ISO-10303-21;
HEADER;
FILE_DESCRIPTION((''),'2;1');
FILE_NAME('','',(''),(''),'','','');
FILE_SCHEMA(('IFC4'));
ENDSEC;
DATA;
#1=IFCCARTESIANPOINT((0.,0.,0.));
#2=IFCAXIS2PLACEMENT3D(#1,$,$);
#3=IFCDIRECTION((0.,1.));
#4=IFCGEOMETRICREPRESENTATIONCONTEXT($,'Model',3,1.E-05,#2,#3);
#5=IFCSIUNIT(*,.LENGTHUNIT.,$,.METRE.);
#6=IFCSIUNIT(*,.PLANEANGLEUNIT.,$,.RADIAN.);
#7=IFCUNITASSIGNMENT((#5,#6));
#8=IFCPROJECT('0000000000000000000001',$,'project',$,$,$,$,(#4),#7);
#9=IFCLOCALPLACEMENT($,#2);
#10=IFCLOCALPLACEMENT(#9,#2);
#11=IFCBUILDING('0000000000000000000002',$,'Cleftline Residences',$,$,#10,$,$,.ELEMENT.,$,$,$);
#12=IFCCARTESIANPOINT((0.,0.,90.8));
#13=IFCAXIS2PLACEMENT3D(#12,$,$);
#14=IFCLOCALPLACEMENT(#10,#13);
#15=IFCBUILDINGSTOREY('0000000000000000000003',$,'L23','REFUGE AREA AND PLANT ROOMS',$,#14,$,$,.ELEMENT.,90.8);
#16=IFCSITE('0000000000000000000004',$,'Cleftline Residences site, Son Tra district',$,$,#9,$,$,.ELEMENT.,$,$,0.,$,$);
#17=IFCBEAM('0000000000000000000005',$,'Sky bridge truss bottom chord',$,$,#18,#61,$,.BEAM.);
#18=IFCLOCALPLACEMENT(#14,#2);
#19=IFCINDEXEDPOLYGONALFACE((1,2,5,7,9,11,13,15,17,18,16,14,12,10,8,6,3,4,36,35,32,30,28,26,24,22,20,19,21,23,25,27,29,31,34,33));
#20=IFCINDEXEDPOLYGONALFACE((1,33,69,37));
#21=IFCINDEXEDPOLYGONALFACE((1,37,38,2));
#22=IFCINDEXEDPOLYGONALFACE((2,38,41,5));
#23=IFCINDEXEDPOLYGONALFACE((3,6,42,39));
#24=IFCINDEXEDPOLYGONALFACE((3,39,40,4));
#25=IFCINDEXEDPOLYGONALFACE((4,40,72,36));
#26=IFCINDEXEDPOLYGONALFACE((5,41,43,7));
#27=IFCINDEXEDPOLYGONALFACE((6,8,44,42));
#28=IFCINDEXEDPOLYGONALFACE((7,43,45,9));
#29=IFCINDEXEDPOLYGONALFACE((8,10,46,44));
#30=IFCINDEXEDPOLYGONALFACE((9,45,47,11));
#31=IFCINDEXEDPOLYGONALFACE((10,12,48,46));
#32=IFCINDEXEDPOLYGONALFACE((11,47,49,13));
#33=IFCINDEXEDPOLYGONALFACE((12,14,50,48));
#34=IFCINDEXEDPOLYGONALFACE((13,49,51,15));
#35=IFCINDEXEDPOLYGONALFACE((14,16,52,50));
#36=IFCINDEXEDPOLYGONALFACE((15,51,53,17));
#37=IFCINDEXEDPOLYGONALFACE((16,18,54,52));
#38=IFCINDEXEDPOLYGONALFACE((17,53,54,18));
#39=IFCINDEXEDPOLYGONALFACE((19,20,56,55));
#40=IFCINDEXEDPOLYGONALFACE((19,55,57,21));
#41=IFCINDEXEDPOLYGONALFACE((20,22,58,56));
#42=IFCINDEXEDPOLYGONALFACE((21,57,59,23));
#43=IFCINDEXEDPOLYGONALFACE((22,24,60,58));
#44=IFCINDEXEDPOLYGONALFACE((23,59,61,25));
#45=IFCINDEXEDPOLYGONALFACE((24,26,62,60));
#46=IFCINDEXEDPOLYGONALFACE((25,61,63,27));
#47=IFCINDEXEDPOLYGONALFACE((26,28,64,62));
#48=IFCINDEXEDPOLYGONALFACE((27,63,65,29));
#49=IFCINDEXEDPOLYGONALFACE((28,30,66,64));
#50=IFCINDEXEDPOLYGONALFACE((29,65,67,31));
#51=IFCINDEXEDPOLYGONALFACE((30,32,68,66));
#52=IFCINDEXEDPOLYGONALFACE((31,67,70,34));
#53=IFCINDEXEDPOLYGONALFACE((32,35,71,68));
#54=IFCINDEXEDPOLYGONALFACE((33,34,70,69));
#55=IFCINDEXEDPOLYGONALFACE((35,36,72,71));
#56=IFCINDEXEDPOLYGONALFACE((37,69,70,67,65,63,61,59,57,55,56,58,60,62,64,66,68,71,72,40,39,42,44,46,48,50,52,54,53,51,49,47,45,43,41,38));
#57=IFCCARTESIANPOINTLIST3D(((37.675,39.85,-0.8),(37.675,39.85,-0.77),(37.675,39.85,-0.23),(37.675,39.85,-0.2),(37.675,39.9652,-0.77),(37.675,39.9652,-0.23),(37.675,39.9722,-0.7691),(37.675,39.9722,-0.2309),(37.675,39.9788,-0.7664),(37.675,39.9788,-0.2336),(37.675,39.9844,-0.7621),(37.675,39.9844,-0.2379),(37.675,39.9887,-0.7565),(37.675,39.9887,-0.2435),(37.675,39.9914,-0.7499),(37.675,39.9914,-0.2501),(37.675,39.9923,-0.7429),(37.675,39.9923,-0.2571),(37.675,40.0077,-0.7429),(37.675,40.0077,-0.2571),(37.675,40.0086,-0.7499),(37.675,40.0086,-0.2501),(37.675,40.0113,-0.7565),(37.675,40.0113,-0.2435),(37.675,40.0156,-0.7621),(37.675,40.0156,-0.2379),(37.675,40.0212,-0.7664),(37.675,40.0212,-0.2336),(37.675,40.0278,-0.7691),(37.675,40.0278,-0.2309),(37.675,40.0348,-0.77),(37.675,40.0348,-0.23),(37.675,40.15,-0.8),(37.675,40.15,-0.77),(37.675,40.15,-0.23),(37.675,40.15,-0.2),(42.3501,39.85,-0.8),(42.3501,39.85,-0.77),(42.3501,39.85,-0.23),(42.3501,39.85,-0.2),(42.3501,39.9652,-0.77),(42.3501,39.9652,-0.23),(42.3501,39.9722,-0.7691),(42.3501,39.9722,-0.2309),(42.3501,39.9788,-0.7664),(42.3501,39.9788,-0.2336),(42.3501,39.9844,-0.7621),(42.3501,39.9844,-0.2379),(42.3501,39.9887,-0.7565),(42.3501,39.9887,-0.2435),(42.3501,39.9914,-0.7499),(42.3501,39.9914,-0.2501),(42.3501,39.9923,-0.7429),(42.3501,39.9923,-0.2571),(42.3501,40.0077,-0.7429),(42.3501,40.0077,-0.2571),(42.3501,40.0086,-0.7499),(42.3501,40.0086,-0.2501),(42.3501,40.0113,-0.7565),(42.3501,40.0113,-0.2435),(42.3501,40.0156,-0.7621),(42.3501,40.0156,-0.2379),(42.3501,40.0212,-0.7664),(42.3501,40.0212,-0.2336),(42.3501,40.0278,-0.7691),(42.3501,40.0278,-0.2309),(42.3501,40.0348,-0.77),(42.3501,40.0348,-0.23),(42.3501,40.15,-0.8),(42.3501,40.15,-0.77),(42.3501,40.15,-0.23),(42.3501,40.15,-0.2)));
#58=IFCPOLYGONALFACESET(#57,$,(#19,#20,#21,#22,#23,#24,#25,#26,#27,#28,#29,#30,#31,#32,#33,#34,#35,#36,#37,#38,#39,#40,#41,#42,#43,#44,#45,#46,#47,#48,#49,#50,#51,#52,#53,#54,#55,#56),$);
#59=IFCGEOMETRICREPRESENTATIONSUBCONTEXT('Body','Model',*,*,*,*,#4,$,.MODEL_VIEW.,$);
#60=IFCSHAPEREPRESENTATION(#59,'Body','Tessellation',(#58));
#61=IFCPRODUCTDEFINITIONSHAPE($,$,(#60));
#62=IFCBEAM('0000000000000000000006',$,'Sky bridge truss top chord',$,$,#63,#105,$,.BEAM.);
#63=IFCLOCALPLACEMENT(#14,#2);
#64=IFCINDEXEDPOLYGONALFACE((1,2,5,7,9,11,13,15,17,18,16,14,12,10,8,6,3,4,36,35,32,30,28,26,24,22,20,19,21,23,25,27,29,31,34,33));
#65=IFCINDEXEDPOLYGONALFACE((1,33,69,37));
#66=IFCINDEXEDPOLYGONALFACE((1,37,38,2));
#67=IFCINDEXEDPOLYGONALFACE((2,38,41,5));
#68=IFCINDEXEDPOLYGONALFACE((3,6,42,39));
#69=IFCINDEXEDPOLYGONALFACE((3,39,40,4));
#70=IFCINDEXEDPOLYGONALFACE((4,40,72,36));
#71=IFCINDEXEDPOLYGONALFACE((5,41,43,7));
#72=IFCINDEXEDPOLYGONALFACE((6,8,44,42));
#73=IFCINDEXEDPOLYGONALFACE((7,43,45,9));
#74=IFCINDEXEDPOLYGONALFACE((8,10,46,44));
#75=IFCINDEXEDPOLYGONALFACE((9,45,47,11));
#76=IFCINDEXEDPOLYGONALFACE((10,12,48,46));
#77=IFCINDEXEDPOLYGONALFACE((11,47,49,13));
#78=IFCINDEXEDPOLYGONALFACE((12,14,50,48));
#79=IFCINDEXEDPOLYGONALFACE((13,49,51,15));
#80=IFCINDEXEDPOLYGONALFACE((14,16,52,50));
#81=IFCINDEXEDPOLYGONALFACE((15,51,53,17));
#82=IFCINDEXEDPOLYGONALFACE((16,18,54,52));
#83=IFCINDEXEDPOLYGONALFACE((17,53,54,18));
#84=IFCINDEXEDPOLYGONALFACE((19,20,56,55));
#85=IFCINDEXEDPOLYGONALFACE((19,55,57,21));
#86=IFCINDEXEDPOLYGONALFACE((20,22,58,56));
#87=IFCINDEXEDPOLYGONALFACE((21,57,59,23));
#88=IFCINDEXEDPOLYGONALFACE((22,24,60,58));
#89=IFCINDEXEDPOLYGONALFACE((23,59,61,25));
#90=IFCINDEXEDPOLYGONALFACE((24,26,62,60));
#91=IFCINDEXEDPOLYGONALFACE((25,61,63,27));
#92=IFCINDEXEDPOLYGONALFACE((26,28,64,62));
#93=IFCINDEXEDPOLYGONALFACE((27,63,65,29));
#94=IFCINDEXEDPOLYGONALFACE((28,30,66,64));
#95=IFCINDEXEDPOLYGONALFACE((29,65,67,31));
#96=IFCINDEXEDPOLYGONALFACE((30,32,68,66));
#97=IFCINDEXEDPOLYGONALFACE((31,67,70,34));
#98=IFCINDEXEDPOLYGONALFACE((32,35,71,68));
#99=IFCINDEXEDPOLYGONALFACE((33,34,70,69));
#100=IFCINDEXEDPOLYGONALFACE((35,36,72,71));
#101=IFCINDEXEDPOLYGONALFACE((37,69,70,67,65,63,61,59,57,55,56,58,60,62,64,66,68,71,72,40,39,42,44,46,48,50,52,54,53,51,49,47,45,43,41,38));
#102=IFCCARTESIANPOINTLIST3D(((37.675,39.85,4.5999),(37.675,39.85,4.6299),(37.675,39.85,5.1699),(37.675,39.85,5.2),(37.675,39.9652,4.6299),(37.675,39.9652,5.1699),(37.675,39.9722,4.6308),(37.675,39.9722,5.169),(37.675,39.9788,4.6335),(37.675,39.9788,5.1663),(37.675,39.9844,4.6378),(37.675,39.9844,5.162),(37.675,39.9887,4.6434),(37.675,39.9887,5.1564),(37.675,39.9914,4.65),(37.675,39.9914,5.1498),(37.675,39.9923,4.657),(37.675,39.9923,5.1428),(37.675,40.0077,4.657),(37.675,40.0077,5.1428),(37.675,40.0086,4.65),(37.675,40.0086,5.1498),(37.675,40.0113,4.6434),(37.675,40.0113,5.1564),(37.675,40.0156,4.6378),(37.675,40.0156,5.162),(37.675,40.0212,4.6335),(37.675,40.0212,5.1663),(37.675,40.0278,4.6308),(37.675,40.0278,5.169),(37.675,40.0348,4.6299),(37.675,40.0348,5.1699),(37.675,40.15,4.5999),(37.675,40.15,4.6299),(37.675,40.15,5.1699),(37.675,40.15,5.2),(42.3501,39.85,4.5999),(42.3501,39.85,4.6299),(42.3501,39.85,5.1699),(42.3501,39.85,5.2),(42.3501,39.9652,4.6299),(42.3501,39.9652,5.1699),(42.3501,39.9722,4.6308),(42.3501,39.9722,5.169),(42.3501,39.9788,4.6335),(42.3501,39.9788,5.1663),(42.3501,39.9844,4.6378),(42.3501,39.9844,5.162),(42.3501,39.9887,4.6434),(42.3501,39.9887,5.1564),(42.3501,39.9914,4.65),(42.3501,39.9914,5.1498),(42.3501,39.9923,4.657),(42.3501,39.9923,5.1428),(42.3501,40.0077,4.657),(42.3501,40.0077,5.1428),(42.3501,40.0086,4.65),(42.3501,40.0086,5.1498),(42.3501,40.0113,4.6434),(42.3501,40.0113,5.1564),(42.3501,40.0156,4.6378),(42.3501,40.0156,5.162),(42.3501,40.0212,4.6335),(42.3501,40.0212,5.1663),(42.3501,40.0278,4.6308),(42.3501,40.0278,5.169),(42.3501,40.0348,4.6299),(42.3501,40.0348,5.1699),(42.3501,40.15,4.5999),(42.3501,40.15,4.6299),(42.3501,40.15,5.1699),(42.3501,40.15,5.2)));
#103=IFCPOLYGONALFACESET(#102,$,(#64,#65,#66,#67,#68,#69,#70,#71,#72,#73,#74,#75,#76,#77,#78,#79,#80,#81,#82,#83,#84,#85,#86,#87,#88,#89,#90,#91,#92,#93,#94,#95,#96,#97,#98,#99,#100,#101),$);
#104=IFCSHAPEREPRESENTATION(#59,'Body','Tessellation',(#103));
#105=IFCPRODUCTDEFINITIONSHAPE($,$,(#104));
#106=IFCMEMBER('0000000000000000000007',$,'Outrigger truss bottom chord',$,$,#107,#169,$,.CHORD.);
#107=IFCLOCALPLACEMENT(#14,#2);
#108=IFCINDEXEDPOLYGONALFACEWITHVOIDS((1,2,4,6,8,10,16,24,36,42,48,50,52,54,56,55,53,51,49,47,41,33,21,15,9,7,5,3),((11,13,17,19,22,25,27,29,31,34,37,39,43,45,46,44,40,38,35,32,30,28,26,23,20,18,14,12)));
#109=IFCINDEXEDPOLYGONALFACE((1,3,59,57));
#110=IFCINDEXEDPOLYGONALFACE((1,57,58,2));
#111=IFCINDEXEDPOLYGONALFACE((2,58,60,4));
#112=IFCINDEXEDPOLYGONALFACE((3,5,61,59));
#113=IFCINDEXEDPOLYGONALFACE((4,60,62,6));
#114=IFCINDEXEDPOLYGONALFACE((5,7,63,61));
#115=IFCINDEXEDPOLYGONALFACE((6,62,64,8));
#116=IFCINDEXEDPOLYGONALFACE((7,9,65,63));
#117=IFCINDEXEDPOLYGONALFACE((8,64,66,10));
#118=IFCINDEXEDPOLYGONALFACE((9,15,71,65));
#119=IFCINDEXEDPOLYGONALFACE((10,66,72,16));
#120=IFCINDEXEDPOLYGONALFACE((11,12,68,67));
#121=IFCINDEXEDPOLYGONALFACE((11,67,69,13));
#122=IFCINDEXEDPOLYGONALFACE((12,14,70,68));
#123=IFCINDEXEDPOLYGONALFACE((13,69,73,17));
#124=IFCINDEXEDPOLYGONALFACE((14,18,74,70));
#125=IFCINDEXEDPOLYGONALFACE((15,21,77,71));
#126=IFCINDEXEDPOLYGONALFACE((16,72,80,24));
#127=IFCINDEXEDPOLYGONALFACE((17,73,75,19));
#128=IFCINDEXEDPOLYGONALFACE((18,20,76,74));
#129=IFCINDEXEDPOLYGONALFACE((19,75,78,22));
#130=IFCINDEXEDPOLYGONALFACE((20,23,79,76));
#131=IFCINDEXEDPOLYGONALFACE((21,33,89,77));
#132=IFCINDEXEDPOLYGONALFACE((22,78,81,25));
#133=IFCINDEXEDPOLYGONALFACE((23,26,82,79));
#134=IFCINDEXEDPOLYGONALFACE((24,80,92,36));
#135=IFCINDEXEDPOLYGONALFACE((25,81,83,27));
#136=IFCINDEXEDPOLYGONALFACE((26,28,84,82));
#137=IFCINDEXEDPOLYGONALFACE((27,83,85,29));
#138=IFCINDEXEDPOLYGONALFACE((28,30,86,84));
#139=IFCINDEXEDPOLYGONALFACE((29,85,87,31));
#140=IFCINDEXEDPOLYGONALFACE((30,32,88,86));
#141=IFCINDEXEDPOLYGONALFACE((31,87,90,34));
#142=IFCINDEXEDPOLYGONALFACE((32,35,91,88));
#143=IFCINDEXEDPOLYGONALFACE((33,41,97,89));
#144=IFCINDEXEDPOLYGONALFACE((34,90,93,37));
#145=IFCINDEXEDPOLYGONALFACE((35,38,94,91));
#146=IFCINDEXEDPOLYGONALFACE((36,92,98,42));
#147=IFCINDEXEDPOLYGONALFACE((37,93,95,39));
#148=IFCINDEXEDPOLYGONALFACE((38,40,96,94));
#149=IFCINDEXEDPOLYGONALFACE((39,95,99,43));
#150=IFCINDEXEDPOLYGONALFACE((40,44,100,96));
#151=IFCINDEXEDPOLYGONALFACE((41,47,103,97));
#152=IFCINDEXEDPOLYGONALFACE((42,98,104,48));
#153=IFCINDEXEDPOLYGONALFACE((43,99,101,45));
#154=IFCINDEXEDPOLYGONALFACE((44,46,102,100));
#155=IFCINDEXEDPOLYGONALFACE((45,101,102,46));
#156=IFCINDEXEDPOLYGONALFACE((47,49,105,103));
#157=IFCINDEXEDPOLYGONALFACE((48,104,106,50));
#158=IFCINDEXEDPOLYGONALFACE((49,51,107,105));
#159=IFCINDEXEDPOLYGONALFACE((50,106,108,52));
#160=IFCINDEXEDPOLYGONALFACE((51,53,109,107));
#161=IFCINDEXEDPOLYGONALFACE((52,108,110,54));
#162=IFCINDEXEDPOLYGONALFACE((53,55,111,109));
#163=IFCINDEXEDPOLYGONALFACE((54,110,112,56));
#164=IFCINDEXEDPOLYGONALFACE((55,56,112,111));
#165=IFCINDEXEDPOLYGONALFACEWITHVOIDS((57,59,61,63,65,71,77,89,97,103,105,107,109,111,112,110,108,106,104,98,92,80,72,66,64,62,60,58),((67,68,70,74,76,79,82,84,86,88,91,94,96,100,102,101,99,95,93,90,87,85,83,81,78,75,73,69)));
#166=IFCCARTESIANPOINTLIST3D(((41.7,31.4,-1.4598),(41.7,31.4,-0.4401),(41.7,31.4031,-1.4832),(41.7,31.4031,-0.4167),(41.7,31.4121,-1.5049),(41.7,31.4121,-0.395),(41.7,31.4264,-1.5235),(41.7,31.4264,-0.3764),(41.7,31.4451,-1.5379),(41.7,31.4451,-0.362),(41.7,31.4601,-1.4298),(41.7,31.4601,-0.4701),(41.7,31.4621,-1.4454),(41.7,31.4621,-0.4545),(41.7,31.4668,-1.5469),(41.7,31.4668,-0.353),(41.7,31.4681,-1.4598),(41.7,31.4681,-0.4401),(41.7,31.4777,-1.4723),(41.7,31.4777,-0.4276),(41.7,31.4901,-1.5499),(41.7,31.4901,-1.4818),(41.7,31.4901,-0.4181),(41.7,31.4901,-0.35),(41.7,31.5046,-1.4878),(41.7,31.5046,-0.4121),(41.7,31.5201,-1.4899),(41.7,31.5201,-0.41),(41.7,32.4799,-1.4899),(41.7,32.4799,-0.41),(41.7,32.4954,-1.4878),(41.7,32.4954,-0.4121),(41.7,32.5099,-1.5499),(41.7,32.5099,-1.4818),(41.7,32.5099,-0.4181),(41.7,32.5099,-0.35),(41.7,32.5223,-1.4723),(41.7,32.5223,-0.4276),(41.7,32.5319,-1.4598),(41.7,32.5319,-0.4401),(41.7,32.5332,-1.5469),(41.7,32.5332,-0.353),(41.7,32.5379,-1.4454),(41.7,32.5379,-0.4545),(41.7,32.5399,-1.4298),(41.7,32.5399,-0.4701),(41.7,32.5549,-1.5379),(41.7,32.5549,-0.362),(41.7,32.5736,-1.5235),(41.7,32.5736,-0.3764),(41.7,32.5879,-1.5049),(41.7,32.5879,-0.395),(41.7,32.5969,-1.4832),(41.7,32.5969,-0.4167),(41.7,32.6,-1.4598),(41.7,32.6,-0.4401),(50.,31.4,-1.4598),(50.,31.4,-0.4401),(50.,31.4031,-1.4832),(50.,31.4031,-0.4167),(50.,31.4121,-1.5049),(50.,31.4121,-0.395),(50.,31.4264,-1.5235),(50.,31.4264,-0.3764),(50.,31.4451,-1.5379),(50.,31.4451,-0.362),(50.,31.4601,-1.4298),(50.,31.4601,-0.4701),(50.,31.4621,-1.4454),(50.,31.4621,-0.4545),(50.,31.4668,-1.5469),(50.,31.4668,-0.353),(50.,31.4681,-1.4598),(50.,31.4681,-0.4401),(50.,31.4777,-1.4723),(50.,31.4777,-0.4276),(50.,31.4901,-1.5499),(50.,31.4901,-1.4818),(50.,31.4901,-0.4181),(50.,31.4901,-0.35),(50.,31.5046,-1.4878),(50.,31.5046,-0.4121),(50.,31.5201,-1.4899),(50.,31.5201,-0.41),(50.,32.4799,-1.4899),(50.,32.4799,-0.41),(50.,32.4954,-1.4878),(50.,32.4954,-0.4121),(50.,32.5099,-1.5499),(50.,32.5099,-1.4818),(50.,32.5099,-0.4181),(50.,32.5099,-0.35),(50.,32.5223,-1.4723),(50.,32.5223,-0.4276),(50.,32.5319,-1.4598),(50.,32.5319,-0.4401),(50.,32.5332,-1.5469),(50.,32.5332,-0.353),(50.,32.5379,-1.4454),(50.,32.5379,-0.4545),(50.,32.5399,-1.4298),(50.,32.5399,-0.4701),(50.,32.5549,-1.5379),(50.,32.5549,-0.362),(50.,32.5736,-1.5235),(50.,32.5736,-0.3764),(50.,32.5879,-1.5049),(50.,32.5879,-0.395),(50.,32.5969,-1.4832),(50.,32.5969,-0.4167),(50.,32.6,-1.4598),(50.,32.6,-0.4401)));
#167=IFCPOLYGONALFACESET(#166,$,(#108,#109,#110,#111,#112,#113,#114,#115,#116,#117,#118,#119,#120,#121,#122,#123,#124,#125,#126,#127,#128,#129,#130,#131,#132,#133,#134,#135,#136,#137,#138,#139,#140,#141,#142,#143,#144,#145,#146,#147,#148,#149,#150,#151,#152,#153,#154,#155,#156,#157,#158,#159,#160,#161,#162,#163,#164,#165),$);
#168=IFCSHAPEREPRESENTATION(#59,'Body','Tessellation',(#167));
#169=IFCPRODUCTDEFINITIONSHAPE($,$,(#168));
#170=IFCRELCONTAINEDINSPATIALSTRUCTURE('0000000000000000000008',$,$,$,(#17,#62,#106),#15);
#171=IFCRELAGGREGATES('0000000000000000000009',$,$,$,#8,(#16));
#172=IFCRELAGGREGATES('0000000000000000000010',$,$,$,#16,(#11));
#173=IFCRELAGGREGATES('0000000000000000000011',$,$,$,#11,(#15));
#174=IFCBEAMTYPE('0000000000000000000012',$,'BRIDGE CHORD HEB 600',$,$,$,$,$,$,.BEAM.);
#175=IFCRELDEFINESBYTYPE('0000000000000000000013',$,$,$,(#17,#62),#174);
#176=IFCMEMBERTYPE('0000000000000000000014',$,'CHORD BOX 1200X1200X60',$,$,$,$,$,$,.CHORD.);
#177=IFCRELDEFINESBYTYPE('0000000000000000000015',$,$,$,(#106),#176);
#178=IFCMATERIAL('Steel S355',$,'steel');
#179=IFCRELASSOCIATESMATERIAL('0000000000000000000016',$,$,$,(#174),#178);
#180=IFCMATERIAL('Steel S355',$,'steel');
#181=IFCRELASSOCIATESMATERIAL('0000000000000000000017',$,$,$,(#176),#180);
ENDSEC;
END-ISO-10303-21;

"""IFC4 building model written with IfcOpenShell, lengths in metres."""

from ifc_helpers import new_model, si_unit, direction, frame, origin, origin_2d, place, context, subcontext, project, spatial, hollow_rectangle, i_section, extrude, material, material_profile, profile_set, type_object, element, save


model = new_model("IFC4")

# Units and contexts
model_context = context("Model", 3, precision=1e-05, world=origin(), true_north=direction((0.0, 1.0)))
body_context = subcontext(model_context, "Body", "Model", "MODEL_VIEW")
ifc_project = project(units=[si_unit("LENGTHUNIT", "METRE"), si_unit("PLANEANGLEUNIT", "RADIAN")], contexts=[model_context])

# Site, building, storey
site_placement = place(None, origin())
site = spatial("IfcSite", under=ifc_project, at=site_placement, Name="Cleftline Residences site, Son Tra district", CompositionType="ELEMENT", RefElevation=0.0)
building_placement = place(site_placement, origin())
building = spatial("IfcBuilding", under=site, at=building_placement, Name="Cleftline Residences", CompositionType="ELEMENT")
storey_placement = place(building_placement, frame((0.0, 0.0, 90.8)))
storey = spatial("IfcBuildingStorey", under=building, at=storey_placement, Name="L23", Description="REFUGE AREA AND PLANT ROOMS", CompositionType="ELEMENT", Elevation=90.8)

# Beams
ifc_material_1 = material(Name="Steel S355", Category="steel")
ifc_material_profile_1 = material_profile(ifc_material_1, i_section(OverallWidth=0.3, OverallDepth=0.6001, WebThickness=0.0154, FlangeThickness=0.03, FilletRadius=0.0271, at=origin_2d()))
ifc_profile_set_1 = profile_set([ifc_material_profile_1], Name="Steel S355")
beam_type_1 = type_object("IfcBeamType", Name="BRIDGE CHORD HEB 600", PredefinedType="BEAM", material=ifc_profile_set_1)
for number, where, z_axis, x_axis, name in (
    (1, (37.675, 40.0, -0.5), (1.0, 0.0, 0.0), (0.0, 1.0, 0.0), "Sky bridge truss bottom chord"),
    (2, (37.675, 40.0, 4.8999), (1.0, 0.0, 0.0), (0.0, 1.0, 0.0), "Sky bridge truss top chord"),
):
    element("IfcBeam", number, at=place(storey_placement, frame(where, z_axis=z_axis, x_axis=x_axis)), inside=storey, type_object=beam_type_1, Name=name, PredefinedType="BEAM", context=body_context, shape_type="SweptSolid", body=[
        extrude(i_section(OverallWidth=0.3, OverallDepth=0.6001, WebThickness=0.0154, FlangeThickness=0.03, FilletRadius=0.0271, at=origin_2d()), origin(), (0.0, 0.0, 1.0), 4.675),
    ])

# Member
ifc_material_2 = material(Name="Steel S355", Category="steel")
ifc_material_profile_2 = material_profile(ifc_material_2, hollow_rectangle(XDim=1.2, YDim=1.2, WallThickness=0.0601, InnerFilletRadius=0.0601, OuterFilletRadius=0.0901, at=origin_2d()))
ifc_profile_set_2 = profile_set([ifc_material_profile_2], Name="Steel S355")
member_type_1 = type_object("IfcMemberType", Name="CHORD BOX 1200X1200X60", PredefinedType="CHORD", material=ifc_profile_set_2)
for number, where, z_axis, x_axis, name in (
    (3, (41.7, 32.0, -0.95), (1.0, 0.0, 0.0), (0.0, 1.0, 0.0), "Outrigger truss bottom chord"),
):
    element("IfcMember", number, at=place(storey_placement, frame(where, z_axis=z_axis, x_axis=x_axis)), inside=storey, type_object=member_type_1, Name=name, PredefinedType="CHORD", context=body_context, shape_type="SweptSolid", body=[
        extrude(hollow_rectangle(XDim=1.2, YDim=1.2, WallThickness=0.0601, InnerFilletRadius=0.0601, OuterFilletRadius=0.0901, at=origin_2d()), origin(), (0.0, 0.0, 1.0), 8.3),
    ])

save(model, "model.ifc")
